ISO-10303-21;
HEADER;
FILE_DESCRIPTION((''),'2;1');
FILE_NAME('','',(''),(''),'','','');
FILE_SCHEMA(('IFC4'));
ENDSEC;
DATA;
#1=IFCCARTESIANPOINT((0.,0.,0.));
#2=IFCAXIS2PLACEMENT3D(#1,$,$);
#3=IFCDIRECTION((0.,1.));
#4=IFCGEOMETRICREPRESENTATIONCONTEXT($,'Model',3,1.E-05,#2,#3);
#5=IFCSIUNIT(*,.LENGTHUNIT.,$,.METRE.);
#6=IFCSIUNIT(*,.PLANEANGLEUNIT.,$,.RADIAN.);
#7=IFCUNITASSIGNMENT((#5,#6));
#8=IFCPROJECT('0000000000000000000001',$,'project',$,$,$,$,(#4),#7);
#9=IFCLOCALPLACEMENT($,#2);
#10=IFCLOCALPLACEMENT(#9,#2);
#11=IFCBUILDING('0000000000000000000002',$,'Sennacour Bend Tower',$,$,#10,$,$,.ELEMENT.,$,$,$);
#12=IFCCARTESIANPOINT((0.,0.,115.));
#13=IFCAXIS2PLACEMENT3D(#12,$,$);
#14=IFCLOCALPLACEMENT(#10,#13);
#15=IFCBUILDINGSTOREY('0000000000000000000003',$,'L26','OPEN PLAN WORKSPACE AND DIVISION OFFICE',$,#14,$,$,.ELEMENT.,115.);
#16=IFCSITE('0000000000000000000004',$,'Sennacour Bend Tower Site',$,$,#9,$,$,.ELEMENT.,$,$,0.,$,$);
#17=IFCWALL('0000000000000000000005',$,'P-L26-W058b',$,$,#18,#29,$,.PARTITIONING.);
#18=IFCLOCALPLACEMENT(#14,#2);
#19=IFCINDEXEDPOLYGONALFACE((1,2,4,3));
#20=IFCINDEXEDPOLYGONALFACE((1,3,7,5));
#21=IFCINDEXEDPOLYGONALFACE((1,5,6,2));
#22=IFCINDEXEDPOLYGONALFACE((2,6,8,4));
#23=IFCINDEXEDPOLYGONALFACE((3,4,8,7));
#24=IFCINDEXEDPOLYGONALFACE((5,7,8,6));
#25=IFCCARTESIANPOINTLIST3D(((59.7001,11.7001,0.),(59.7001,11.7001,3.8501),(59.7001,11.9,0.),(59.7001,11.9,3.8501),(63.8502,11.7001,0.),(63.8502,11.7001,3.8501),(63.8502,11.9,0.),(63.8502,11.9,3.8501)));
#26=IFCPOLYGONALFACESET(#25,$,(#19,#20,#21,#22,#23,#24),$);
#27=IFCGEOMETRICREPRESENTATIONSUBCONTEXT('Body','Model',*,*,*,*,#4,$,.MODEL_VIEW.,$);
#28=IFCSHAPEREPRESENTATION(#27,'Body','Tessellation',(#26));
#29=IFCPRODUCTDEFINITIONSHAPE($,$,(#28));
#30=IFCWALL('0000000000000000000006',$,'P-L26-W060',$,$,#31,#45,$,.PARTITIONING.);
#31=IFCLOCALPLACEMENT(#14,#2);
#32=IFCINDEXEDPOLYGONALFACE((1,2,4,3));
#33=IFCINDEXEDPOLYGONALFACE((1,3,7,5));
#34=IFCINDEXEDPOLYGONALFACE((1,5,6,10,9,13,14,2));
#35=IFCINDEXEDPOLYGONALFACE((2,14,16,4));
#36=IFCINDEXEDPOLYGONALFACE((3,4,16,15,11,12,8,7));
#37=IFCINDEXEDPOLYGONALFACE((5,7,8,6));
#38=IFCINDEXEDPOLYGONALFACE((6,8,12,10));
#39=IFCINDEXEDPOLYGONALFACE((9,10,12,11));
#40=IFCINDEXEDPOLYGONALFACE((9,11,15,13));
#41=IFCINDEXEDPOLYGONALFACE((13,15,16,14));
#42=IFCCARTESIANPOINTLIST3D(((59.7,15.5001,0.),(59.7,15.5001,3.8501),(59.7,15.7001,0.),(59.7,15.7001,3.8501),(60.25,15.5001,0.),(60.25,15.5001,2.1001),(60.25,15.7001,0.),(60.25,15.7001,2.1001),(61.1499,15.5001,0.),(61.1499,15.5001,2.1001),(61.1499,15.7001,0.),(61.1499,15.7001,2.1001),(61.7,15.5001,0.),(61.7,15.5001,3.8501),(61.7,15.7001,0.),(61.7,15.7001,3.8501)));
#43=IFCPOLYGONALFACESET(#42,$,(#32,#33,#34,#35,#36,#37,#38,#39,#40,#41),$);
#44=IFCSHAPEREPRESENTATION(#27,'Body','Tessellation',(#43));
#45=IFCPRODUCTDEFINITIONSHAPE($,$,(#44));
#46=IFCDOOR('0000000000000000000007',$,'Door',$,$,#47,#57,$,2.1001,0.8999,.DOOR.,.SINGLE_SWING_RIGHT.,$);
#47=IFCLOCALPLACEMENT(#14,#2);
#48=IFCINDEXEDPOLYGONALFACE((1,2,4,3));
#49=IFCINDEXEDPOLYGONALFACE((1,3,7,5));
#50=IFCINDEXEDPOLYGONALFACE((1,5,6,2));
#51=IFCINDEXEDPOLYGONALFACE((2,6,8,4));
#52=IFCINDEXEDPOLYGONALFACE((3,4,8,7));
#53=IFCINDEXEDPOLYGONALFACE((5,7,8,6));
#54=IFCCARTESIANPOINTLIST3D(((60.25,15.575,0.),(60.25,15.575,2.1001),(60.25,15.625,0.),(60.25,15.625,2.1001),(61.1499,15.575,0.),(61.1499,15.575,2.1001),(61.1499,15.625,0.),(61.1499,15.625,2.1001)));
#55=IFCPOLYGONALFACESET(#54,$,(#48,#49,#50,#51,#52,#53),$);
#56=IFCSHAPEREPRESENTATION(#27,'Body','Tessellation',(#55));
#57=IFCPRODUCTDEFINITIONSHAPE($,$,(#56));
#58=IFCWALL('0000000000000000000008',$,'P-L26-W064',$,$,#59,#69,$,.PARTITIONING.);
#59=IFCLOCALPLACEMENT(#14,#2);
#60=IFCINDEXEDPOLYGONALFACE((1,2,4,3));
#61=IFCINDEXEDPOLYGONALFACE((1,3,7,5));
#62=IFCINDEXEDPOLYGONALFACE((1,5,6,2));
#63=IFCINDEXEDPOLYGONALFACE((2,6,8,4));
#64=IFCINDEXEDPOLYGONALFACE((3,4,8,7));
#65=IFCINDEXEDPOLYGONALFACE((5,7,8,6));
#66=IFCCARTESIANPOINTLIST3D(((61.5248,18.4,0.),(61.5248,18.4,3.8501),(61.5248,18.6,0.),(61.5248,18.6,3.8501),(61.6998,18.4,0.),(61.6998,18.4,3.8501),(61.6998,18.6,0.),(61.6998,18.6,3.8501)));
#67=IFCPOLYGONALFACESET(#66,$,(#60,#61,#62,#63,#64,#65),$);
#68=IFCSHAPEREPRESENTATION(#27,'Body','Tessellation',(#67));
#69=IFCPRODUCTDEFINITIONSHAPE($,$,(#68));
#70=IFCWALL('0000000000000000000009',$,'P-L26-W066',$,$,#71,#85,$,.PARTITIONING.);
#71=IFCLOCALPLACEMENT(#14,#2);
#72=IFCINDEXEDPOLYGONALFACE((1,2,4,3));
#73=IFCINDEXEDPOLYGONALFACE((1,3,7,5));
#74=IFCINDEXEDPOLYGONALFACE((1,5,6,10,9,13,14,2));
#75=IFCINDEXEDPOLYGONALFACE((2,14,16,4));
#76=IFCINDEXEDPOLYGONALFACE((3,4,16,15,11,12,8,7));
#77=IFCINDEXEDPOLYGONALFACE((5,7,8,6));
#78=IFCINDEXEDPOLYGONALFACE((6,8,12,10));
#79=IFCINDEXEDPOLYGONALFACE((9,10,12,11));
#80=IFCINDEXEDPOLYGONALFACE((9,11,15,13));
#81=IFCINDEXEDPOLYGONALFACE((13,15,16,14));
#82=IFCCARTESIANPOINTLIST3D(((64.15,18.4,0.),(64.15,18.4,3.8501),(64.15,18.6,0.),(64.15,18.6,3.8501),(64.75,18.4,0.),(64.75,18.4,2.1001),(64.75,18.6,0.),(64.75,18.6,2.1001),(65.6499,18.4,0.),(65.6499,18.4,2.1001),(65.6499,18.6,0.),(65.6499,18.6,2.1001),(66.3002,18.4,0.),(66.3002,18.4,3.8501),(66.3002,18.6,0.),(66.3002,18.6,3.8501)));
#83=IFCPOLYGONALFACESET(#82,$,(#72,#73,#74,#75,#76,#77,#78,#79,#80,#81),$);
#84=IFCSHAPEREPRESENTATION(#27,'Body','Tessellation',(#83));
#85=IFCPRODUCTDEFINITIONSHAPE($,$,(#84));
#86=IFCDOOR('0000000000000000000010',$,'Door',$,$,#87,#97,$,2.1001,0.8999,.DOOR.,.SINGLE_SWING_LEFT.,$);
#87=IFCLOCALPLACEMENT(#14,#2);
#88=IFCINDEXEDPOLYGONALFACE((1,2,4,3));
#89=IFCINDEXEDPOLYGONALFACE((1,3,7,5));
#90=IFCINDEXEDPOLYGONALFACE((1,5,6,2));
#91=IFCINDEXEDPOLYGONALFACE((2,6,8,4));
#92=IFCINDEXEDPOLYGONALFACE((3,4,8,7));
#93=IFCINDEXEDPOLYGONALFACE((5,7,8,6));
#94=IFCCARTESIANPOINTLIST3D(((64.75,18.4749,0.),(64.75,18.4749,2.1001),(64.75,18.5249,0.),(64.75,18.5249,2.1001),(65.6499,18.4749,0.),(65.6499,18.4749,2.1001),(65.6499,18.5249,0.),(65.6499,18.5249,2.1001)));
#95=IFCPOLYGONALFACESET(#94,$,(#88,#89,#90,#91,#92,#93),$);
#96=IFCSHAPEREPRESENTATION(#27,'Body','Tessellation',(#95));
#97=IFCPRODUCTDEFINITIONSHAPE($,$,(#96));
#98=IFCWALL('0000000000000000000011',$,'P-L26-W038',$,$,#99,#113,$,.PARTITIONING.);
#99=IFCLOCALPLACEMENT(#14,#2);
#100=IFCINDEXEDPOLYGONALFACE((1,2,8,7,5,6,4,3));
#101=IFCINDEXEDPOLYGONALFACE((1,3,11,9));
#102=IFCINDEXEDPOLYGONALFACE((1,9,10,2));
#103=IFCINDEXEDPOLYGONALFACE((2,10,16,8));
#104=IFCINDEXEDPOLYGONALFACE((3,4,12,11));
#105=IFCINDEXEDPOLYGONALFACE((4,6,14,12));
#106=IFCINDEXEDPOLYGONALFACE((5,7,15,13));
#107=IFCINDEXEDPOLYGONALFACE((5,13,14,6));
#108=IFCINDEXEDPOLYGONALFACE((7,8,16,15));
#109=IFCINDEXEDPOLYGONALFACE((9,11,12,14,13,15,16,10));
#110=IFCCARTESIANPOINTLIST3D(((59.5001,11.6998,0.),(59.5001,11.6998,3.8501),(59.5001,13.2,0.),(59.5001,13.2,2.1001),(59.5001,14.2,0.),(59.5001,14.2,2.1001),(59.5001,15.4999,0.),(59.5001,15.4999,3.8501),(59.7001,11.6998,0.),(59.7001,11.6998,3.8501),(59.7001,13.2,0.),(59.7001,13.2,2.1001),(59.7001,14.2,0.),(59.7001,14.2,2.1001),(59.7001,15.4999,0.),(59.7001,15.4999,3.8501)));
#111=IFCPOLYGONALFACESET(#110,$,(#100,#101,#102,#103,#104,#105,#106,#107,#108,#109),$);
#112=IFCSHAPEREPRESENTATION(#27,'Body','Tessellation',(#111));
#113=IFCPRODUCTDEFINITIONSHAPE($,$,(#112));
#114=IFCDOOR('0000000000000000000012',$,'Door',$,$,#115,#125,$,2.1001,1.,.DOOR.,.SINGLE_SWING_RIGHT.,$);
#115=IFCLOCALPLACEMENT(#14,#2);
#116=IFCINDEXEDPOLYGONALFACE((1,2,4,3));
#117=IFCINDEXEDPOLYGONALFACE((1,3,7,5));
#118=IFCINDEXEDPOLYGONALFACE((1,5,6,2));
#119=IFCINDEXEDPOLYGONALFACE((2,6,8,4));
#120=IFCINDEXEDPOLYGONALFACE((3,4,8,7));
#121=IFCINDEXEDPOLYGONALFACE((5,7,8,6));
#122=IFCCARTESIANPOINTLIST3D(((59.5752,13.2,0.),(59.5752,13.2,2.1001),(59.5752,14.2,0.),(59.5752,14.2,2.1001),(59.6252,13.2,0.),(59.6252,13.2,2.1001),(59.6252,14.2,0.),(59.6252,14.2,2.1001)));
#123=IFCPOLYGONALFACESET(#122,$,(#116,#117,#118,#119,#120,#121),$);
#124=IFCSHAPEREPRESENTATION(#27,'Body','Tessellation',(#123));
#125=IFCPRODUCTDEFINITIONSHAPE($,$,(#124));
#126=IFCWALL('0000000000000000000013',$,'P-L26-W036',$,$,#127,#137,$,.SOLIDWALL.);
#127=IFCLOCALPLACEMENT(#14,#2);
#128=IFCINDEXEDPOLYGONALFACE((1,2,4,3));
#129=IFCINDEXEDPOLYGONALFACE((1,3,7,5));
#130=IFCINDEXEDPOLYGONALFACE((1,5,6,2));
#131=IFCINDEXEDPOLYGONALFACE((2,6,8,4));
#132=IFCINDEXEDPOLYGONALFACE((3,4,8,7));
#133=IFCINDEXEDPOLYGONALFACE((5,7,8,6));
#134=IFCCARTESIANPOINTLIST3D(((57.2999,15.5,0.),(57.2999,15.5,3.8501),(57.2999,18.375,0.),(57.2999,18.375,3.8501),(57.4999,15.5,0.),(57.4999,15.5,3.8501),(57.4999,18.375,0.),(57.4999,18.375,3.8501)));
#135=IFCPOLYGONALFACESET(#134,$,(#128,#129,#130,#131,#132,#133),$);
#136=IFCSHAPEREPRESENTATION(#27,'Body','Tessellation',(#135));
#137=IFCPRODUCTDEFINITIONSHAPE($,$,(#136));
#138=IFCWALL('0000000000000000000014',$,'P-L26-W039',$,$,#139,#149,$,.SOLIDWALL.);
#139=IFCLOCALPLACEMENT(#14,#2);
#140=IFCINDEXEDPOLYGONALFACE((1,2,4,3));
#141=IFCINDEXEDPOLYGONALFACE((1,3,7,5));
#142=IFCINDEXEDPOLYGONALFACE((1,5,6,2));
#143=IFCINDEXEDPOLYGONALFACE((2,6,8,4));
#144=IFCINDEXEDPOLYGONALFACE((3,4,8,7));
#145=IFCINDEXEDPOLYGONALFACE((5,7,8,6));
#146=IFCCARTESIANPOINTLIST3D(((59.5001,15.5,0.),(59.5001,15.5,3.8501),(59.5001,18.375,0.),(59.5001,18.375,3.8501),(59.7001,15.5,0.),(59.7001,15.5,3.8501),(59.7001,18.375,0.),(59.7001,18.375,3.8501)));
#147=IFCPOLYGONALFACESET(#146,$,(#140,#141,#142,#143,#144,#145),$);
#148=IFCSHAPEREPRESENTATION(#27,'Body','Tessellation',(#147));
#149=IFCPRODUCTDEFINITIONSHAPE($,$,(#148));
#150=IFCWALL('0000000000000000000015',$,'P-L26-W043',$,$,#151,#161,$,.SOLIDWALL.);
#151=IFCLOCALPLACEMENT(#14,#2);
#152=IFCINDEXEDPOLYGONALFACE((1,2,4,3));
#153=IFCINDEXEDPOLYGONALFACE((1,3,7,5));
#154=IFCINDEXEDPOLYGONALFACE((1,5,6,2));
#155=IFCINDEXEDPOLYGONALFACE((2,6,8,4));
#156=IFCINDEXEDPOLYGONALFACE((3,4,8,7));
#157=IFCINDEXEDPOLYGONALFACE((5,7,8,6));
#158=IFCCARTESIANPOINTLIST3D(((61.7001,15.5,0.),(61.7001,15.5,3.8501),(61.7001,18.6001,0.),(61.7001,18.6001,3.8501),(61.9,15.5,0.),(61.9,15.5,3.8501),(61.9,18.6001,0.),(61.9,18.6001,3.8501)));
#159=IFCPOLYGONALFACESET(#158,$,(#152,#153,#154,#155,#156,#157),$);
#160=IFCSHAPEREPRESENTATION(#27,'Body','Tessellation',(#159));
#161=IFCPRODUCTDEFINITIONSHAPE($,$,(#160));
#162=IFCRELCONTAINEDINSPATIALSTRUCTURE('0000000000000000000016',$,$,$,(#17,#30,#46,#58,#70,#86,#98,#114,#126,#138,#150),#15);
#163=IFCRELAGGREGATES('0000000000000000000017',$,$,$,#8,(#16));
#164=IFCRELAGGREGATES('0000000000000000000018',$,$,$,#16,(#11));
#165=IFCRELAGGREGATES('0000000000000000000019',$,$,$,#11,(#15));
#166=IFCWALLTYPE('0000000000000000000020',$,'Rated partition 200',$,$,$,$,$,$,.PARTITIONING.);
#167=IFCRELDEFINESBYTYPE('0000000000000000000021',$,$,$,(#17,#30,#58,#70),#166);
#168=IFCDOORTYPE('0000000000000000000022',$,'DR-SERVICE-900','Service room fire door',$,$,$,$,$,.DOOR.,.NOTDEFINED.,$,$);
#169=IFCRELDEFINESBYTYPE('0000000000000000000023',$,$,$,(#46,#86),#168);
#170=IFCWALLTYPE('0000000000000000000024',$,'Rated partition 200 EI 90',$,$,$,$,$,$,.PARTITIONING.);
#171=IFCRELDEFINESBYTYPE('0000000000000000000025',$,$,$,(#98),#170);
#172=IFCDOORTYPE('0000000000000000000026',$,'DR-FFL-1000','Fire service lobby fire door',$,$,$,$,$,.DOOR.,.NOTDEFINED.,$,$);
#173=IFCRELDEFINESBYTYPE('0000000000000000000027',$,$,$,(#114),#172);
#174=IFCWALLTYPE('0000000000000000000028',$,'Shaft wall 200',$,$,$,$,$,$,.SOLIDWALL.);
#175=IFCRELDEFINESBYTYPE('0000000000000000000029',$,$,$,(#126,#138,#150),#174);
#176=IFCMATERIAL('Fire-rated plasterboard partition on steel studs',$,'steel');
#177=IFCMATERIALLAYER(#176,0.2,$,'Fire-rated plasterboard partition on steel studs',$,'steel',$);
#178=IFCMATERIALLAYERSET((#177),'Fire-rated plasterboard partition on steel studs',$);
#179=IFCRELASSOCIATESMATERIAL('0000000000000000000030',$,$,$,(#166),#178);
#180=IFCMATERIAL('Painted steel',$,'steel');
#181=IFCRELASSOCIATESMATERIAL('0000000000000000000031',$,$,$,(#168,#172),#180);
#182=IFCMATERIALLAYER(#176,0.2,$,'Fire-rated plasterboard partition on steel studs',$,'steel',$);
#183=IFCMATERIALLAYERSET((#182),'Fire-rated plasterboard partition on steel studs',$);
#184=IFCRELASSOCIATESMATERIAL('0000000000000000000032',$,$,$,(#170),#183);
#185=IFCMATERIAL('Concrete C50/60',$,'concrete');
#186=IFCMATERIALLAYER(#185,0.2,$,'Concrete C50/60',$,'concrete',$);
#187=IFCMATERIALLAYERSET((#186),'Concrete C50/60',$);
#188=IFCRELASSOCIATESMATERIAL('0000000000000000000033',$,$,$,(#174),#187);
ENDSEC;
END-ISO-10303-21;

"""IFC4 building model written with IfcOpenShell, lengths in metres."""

from ifc_helpers import new_model, si_unit, direction, frame, frame_2d, origin, place, context, subcontext, project, spatial, rectangle, extrude, material, layer, layer_set, type_object, element, fill, save


model = new_model("IFC4")

# Units and contexts
model_context = context("Model", 3, precision=1e-05, world=origin(), true_north=direction((0.0, 1.0)))
body_context = subcontext(model_context, "Body", "Model", "MODEL_VIEW")
ifc_project = project(units=[si_unit("LENGTHUNIT", "METRE"), si_unit("PLANEANGLEUNIT", "RADIAN")], contexts=[model_context])

# Site, building, storey
site_placement = place(None, origin())
site = spatial("IfcSite", under=ifc_project, at=site_placement, Name="Sennacour Bend Tower Site", CompositionType="ELEMENT", RefElevation=0.0)
building_placement = place(site_placement, origin())
building = spatial("IfcBuilding", under=site, at=building_placement, Name="Sennacour Bend Tower", CompositionType="ELEMENT")
storey_placement = place(building_placement, frame((0.0, 0.0, 115.0)))
storey = spatial("IfcBuildingStorey", under=building, at=storey_placement, Name="L26", Description="OPEN PLAN WORKSPACE AND DIVISION OFFICE", CompositionType="ELEMENT", Elevation=115.0)

# Wall
ifc_material_1 = material(Name="Fire-rated plasterboard partition on steel studs", Category="steel")
ifc_layer_1 = layer(ifc_material_1, 0.2, Name="Fire-rated plasterboard partition on steel studs", Category="steel")
ifc_layer_set_1 = layer_set([ifc_layer_1], Name="Fire-rated plasterboard partition on steel studs")
wall_type_1 = type_object("IfcWallType", Name="Rated partition 200", PredefinedType="PARTITIONING", material=ifc_layer_set_1)
wall_1_placement = place(storey_placement, frame((59.7, 11.8, 0.0), z_axis=(0.0, 0.0, 1.0), x_axis=(1.0, 0.0, 0.0)))
element("IfcWall", 1, at=wall_1_placement, inside=storey, type_object=wall_type_1, Name="P-L26-W058b", PredefinedType="PARTITIONING", context=body_context, shape_type="SweptSolid", body=[
    extrude(rectangle(XDim=4.1501, YDim=0.2, at=frame_2d((2.0752, 0.0))), origin(), (0.0, 0.0, 1.0), 3.8501),
])

# Wall, opening, door
wall_2_placement = place(storey_placement, frame((59.7, 15.6001, 0.0), z_axis=(0.0, 0.0, 1.0), x_axis=(1.0, 0.0, 0.0)))
wall_2 = element("IfcWall", 2, at=wall_2_placement, inside=storey, type_object=wall_type_1, Name="P-L26-W060", PredefinedType="PARTITIONING", context=body_context, shape_type="SweptSolid", body=[
    extrude(rectangle(XDim=2.0, YDim=0.2, at=frame_2d((1.0, 0.0))), origin(), (0.0, 0.0, 1.0), 3.8501),
])
opening_1_placement = place(wall_2_placement, frame((0.55, 0.0, 0.0)))
opening_1 = element("IfcOpeningElement", 3, at=opening_1_placement, cuts=wall_2, PredefinedType="OPENING", context=body_context, shape_type="SweptSolid", body=[
    extrude(rectangle(XDim=0.8999, YDim=2.1001, at=frame_2d((0.45, 1.05))), frame((0.0, 0.1099, 0.0), z_axis=(0.0, -1.0, 0.0), x_axis=(1.0, 0.0, 0.0)), (0.0, 0.0, 1.0), 0.22),
])
ifc_material_2 = material(Name="Painted steel", Category="steel")
door_type_1 = type_object("IfcDoorType", Name="DR-SERVICE-900", Description="Service room fire door", OperationType="NOTDEFINED", PredefinedType="DOOR", material=ifc_material_2)
door_1_placement = place(opening_1_placement, origin())
door_1 = element("IfcDoor", 4, at=door_1_placement, inside=storey, type_object=door_type_1, Name="Door", OperationType="SINGLE_SWING_RIGHT", OverallHeight=2.1001, OverallWidth=0.8999, PredefinedType="DOOR", context=body_context, shape_type="SweptSolid", body=[
    extrude(rectangle(XDim=0.8999, YDim=2.1001, at=frame_2d((0.45, 1.05))), frame((0.0, 0.0249, 0.0), z_axis=(0.0, -1.0, 0.0), x_axis=(1.0, 0.0, 0.0)), (0.0, 0.0, 1.0), 0.05),
])
fill(opening_1, door_1)

# Wall
wall_3_placement = place(storey_placement, frame((61.5249, 18.5, 0.0), z_axis=(0.0, 0.0, 1.0), x_axis=(1.0, 0.0, 0.0)))
element("IfcWall", 5, at=wall_3_placement, inside=storey, type_object=wall_type_1, Name="P-L26-W064", PredefinedType="PARTITIONING", context=body_context, shape_type="SweptSolid", body=[
    extrude(rectangle(XDim=0.175, YDim=0.2, at=frame_2d((0.0874, 0.0))), origin(), (0.0, 0.0, 1.0), 3.8501),
])

# Walls, openings, doors
wall_4_placement = place(storey_placement, frame((64.1499, 18.5, 0.0), z_axis=(0.0, 0.0, 1.0), x_axis=(1.0, 0.0, 0.0)))
wall_4 = element("IfcWall", 6, at=wall_4_placement, inside=storey, type_object=wall_type_1, Name="P-L26-W066", PredefinedType="PARTITIONING", context=body_context, shape_type="SweptSolid", body=[
    extrude(rectangle(XDim=2.1501, YDim=0.2, at=frame_2d((1.0752, 0.0))), origin(), (0.0, 0.0, 1.0), 3.8501),
])
opening_2_placement = place(wall_4_placement, frame((0.6001, 0.0, 0.0)))
opening_2 = element("IfcOpeningElement", 7, at=opening_2_placement, cuts=wall_4, PredefinedType="OPENING", context=body_context, shape_type="SweptSolid", body=[
    extrude(rectangle(XDim=0.8999, YDim=2.1001, at=frame_2d((0.45, 1.05))), frame((0.0, 0.1099, 0.0), z_axis=(0.0, -1.0, 0.0), x_axis=(1.0, 0.0, 0.0)), (0.0, 0.0, 1.0), 0.22),
])
door_2_placement = place(opening_2_placement, origin())
door_2 = element("IfcDoor", 8, at=door_2_placement, inside=storey, type_object=door_type_1, Name="Door", OperationType="SINGLE_SWING_LEFT", OverallHeight=2.1001, OverallWidth=0.8999, PredefinedType="DOOR", context=body_context, shape_type="SweptSolid", body=[
    extrude(rectangle(XDim=0.8999, YDim=2.1001, at=frame_2d((0.45, 1.05))), frame((0.0, 0.0249, 0.0), z_axis=(0.0, -1.0, 0.0), x_axis=(1.0, 0.0, 0.0)), (0.0, 0.0, 1.0), 0.05),
])
fill(opening_2, door_2)
ifc_layer_2 = layer(ifc_material_1, 0.2, Name="Fire-rated plasterboard partition on steel studs", Category="steel")
ifc_layer_set_2 = layer_set([ifc_layer_2], Name="Fire-rated plasterboard partition on steel studs")
wall_type_2 = type_object("IfcWallType", Name="Rated partition 200 EI 90", PredefinedType="PARTITIONING", material=ifc_layer_set_2)
wall_5_placement = place(storey_placement, frame((59.6001, 11.7, 0.0), z_axis=(0.0, 0.0, 1.0), x_axis=(0.0, 1.0, 0.0)))
wall_5 = element("IfcWall", 9, at=wall_5_placement, inside=storey, type_object=wall_type_2, Name="P-L26-W038", PredefinedType="PARTITIONING", context=body_context, shape_type="SweptSolid", body=[
    extrude(rectangle(XDim=3.8, YDim=0.2, at=frame_2d((1.8999, 0.0))), origin(), (0.0, 0.0, 1.0), 3.8501),
])
opening_3_placement = place(wall_5_placement, frame((1.5, 0.0, 0.0)))
opening_3 = element("IfcOpeningElement", 10, at=opening_3_placement, cuts=wall_5, PredefinedType="OPENING", context=body_context, shape_type="SweptSolid", body=[
    extrude(rectangle(XDim=1.0, YDim=2.1001, at=frame_2d((0.5, 1.05))), frame((0.0, 0.1099, 0.0), z_axis=(0.0, -1.0, 0.0), x_axis=(1.0, 0.0, 0.0)), (0.0, 0.0, 1.0), 0.22),
])
door_type_2 = type_object("IfcDoorType", Name="DR-FFL-1000", Description="Fire service lobby fire door", OperationType="NOTDEFINED", PredefinedType="DOOR", material=ifc_material_2)
door_3_placement = place(opening_3_placement, origin())
door_3 = element("IfcDoor", 11, at=door_3_placement, inside=storey, type_object=door_type_2, Name="Door", OperationType="SINGLE_SWING_RIGHT", OverallHeight=2.1001, OverallWidth=1.0, PredefinedType="DOOR", context=body_context, shape_type="SweptSolid", body=[
    extrude(rectangle(XDim=1.0, YDim=2.1001, at=frame_2d((0.5, 1.05))), frame((0.0, 0.0249, 0.0), z_axis=(0.0, -1.0, 0.0), x_axis=(1.0, 0.0, 0.0)), (0.0, 0.0, 1.0), 0.05),
])
fill(opening_3, door_3)

# Walls
ifc_material_3 = material(Name="Concrete C50/60", Category="concrete")
ifc_layer_3 = layer(ifc_material_3, 0.2, Name="Concrete C50/60", Category="concrete")
ifc_layer_set_3 = layer_set([ifc_layer_3], Name="Concrete C50/60")
wall_type_3 = type_object("IfcWallType", Name="Shaft wall 200", PredefinedType="SOLIDWALL", material=ifc_layer_set_3)
for number, where, z_axis, x_axis, name in (
    (12, (57.3999, 15.5, 0.0), (0.0, 0.0, 1.0), (0.0, 1.0, 0.0), "P-L26-W036"),
    (13, (59.6001, 15.5, 0.0), (0.0, 0.0, 1.0), (0.0, 1.0, 0.0), "P-L26-W039"),
):
    element("IfcWall", number, at=place(storey_placement, frame(where, z_axis=z_axis, x_axis=x_axis)), inside=storey, type_object=wall_type_3, Name=name, PredefinedType="SOLIDWALL", context=body_context, shape_type="SweptSolid", body=[
        extrude(rectangle(XDim=2.875, YDim=0.2, at=frame_2d((1.4375, 0.0))), origin(), (0.0, 0.0, 1.0), 3.8501),
    ])
wall_6_placement = place(storey_placement, frame((61.8, 15.5, 0.0), z_axis=(0.0, 0.0, 1.0), x_axis=(0.0, 1.0, 0.0)))
element("IfcWall", 14, at=wall_6_placement, inside=storey, type_object=wall_type_3, Name="P-L26-W043", PredefinedType="SOLIDWALL", context=body_context, shape_type="SweptSolid", body=[
    extrude(rectangle(XDim=3.1001, YDim=0.2, at=frame_2d((1.55, 0.0))), origin(), (0.0, 0.0, 1.0), 3.8501),
])

save(model, "model.ifc")
